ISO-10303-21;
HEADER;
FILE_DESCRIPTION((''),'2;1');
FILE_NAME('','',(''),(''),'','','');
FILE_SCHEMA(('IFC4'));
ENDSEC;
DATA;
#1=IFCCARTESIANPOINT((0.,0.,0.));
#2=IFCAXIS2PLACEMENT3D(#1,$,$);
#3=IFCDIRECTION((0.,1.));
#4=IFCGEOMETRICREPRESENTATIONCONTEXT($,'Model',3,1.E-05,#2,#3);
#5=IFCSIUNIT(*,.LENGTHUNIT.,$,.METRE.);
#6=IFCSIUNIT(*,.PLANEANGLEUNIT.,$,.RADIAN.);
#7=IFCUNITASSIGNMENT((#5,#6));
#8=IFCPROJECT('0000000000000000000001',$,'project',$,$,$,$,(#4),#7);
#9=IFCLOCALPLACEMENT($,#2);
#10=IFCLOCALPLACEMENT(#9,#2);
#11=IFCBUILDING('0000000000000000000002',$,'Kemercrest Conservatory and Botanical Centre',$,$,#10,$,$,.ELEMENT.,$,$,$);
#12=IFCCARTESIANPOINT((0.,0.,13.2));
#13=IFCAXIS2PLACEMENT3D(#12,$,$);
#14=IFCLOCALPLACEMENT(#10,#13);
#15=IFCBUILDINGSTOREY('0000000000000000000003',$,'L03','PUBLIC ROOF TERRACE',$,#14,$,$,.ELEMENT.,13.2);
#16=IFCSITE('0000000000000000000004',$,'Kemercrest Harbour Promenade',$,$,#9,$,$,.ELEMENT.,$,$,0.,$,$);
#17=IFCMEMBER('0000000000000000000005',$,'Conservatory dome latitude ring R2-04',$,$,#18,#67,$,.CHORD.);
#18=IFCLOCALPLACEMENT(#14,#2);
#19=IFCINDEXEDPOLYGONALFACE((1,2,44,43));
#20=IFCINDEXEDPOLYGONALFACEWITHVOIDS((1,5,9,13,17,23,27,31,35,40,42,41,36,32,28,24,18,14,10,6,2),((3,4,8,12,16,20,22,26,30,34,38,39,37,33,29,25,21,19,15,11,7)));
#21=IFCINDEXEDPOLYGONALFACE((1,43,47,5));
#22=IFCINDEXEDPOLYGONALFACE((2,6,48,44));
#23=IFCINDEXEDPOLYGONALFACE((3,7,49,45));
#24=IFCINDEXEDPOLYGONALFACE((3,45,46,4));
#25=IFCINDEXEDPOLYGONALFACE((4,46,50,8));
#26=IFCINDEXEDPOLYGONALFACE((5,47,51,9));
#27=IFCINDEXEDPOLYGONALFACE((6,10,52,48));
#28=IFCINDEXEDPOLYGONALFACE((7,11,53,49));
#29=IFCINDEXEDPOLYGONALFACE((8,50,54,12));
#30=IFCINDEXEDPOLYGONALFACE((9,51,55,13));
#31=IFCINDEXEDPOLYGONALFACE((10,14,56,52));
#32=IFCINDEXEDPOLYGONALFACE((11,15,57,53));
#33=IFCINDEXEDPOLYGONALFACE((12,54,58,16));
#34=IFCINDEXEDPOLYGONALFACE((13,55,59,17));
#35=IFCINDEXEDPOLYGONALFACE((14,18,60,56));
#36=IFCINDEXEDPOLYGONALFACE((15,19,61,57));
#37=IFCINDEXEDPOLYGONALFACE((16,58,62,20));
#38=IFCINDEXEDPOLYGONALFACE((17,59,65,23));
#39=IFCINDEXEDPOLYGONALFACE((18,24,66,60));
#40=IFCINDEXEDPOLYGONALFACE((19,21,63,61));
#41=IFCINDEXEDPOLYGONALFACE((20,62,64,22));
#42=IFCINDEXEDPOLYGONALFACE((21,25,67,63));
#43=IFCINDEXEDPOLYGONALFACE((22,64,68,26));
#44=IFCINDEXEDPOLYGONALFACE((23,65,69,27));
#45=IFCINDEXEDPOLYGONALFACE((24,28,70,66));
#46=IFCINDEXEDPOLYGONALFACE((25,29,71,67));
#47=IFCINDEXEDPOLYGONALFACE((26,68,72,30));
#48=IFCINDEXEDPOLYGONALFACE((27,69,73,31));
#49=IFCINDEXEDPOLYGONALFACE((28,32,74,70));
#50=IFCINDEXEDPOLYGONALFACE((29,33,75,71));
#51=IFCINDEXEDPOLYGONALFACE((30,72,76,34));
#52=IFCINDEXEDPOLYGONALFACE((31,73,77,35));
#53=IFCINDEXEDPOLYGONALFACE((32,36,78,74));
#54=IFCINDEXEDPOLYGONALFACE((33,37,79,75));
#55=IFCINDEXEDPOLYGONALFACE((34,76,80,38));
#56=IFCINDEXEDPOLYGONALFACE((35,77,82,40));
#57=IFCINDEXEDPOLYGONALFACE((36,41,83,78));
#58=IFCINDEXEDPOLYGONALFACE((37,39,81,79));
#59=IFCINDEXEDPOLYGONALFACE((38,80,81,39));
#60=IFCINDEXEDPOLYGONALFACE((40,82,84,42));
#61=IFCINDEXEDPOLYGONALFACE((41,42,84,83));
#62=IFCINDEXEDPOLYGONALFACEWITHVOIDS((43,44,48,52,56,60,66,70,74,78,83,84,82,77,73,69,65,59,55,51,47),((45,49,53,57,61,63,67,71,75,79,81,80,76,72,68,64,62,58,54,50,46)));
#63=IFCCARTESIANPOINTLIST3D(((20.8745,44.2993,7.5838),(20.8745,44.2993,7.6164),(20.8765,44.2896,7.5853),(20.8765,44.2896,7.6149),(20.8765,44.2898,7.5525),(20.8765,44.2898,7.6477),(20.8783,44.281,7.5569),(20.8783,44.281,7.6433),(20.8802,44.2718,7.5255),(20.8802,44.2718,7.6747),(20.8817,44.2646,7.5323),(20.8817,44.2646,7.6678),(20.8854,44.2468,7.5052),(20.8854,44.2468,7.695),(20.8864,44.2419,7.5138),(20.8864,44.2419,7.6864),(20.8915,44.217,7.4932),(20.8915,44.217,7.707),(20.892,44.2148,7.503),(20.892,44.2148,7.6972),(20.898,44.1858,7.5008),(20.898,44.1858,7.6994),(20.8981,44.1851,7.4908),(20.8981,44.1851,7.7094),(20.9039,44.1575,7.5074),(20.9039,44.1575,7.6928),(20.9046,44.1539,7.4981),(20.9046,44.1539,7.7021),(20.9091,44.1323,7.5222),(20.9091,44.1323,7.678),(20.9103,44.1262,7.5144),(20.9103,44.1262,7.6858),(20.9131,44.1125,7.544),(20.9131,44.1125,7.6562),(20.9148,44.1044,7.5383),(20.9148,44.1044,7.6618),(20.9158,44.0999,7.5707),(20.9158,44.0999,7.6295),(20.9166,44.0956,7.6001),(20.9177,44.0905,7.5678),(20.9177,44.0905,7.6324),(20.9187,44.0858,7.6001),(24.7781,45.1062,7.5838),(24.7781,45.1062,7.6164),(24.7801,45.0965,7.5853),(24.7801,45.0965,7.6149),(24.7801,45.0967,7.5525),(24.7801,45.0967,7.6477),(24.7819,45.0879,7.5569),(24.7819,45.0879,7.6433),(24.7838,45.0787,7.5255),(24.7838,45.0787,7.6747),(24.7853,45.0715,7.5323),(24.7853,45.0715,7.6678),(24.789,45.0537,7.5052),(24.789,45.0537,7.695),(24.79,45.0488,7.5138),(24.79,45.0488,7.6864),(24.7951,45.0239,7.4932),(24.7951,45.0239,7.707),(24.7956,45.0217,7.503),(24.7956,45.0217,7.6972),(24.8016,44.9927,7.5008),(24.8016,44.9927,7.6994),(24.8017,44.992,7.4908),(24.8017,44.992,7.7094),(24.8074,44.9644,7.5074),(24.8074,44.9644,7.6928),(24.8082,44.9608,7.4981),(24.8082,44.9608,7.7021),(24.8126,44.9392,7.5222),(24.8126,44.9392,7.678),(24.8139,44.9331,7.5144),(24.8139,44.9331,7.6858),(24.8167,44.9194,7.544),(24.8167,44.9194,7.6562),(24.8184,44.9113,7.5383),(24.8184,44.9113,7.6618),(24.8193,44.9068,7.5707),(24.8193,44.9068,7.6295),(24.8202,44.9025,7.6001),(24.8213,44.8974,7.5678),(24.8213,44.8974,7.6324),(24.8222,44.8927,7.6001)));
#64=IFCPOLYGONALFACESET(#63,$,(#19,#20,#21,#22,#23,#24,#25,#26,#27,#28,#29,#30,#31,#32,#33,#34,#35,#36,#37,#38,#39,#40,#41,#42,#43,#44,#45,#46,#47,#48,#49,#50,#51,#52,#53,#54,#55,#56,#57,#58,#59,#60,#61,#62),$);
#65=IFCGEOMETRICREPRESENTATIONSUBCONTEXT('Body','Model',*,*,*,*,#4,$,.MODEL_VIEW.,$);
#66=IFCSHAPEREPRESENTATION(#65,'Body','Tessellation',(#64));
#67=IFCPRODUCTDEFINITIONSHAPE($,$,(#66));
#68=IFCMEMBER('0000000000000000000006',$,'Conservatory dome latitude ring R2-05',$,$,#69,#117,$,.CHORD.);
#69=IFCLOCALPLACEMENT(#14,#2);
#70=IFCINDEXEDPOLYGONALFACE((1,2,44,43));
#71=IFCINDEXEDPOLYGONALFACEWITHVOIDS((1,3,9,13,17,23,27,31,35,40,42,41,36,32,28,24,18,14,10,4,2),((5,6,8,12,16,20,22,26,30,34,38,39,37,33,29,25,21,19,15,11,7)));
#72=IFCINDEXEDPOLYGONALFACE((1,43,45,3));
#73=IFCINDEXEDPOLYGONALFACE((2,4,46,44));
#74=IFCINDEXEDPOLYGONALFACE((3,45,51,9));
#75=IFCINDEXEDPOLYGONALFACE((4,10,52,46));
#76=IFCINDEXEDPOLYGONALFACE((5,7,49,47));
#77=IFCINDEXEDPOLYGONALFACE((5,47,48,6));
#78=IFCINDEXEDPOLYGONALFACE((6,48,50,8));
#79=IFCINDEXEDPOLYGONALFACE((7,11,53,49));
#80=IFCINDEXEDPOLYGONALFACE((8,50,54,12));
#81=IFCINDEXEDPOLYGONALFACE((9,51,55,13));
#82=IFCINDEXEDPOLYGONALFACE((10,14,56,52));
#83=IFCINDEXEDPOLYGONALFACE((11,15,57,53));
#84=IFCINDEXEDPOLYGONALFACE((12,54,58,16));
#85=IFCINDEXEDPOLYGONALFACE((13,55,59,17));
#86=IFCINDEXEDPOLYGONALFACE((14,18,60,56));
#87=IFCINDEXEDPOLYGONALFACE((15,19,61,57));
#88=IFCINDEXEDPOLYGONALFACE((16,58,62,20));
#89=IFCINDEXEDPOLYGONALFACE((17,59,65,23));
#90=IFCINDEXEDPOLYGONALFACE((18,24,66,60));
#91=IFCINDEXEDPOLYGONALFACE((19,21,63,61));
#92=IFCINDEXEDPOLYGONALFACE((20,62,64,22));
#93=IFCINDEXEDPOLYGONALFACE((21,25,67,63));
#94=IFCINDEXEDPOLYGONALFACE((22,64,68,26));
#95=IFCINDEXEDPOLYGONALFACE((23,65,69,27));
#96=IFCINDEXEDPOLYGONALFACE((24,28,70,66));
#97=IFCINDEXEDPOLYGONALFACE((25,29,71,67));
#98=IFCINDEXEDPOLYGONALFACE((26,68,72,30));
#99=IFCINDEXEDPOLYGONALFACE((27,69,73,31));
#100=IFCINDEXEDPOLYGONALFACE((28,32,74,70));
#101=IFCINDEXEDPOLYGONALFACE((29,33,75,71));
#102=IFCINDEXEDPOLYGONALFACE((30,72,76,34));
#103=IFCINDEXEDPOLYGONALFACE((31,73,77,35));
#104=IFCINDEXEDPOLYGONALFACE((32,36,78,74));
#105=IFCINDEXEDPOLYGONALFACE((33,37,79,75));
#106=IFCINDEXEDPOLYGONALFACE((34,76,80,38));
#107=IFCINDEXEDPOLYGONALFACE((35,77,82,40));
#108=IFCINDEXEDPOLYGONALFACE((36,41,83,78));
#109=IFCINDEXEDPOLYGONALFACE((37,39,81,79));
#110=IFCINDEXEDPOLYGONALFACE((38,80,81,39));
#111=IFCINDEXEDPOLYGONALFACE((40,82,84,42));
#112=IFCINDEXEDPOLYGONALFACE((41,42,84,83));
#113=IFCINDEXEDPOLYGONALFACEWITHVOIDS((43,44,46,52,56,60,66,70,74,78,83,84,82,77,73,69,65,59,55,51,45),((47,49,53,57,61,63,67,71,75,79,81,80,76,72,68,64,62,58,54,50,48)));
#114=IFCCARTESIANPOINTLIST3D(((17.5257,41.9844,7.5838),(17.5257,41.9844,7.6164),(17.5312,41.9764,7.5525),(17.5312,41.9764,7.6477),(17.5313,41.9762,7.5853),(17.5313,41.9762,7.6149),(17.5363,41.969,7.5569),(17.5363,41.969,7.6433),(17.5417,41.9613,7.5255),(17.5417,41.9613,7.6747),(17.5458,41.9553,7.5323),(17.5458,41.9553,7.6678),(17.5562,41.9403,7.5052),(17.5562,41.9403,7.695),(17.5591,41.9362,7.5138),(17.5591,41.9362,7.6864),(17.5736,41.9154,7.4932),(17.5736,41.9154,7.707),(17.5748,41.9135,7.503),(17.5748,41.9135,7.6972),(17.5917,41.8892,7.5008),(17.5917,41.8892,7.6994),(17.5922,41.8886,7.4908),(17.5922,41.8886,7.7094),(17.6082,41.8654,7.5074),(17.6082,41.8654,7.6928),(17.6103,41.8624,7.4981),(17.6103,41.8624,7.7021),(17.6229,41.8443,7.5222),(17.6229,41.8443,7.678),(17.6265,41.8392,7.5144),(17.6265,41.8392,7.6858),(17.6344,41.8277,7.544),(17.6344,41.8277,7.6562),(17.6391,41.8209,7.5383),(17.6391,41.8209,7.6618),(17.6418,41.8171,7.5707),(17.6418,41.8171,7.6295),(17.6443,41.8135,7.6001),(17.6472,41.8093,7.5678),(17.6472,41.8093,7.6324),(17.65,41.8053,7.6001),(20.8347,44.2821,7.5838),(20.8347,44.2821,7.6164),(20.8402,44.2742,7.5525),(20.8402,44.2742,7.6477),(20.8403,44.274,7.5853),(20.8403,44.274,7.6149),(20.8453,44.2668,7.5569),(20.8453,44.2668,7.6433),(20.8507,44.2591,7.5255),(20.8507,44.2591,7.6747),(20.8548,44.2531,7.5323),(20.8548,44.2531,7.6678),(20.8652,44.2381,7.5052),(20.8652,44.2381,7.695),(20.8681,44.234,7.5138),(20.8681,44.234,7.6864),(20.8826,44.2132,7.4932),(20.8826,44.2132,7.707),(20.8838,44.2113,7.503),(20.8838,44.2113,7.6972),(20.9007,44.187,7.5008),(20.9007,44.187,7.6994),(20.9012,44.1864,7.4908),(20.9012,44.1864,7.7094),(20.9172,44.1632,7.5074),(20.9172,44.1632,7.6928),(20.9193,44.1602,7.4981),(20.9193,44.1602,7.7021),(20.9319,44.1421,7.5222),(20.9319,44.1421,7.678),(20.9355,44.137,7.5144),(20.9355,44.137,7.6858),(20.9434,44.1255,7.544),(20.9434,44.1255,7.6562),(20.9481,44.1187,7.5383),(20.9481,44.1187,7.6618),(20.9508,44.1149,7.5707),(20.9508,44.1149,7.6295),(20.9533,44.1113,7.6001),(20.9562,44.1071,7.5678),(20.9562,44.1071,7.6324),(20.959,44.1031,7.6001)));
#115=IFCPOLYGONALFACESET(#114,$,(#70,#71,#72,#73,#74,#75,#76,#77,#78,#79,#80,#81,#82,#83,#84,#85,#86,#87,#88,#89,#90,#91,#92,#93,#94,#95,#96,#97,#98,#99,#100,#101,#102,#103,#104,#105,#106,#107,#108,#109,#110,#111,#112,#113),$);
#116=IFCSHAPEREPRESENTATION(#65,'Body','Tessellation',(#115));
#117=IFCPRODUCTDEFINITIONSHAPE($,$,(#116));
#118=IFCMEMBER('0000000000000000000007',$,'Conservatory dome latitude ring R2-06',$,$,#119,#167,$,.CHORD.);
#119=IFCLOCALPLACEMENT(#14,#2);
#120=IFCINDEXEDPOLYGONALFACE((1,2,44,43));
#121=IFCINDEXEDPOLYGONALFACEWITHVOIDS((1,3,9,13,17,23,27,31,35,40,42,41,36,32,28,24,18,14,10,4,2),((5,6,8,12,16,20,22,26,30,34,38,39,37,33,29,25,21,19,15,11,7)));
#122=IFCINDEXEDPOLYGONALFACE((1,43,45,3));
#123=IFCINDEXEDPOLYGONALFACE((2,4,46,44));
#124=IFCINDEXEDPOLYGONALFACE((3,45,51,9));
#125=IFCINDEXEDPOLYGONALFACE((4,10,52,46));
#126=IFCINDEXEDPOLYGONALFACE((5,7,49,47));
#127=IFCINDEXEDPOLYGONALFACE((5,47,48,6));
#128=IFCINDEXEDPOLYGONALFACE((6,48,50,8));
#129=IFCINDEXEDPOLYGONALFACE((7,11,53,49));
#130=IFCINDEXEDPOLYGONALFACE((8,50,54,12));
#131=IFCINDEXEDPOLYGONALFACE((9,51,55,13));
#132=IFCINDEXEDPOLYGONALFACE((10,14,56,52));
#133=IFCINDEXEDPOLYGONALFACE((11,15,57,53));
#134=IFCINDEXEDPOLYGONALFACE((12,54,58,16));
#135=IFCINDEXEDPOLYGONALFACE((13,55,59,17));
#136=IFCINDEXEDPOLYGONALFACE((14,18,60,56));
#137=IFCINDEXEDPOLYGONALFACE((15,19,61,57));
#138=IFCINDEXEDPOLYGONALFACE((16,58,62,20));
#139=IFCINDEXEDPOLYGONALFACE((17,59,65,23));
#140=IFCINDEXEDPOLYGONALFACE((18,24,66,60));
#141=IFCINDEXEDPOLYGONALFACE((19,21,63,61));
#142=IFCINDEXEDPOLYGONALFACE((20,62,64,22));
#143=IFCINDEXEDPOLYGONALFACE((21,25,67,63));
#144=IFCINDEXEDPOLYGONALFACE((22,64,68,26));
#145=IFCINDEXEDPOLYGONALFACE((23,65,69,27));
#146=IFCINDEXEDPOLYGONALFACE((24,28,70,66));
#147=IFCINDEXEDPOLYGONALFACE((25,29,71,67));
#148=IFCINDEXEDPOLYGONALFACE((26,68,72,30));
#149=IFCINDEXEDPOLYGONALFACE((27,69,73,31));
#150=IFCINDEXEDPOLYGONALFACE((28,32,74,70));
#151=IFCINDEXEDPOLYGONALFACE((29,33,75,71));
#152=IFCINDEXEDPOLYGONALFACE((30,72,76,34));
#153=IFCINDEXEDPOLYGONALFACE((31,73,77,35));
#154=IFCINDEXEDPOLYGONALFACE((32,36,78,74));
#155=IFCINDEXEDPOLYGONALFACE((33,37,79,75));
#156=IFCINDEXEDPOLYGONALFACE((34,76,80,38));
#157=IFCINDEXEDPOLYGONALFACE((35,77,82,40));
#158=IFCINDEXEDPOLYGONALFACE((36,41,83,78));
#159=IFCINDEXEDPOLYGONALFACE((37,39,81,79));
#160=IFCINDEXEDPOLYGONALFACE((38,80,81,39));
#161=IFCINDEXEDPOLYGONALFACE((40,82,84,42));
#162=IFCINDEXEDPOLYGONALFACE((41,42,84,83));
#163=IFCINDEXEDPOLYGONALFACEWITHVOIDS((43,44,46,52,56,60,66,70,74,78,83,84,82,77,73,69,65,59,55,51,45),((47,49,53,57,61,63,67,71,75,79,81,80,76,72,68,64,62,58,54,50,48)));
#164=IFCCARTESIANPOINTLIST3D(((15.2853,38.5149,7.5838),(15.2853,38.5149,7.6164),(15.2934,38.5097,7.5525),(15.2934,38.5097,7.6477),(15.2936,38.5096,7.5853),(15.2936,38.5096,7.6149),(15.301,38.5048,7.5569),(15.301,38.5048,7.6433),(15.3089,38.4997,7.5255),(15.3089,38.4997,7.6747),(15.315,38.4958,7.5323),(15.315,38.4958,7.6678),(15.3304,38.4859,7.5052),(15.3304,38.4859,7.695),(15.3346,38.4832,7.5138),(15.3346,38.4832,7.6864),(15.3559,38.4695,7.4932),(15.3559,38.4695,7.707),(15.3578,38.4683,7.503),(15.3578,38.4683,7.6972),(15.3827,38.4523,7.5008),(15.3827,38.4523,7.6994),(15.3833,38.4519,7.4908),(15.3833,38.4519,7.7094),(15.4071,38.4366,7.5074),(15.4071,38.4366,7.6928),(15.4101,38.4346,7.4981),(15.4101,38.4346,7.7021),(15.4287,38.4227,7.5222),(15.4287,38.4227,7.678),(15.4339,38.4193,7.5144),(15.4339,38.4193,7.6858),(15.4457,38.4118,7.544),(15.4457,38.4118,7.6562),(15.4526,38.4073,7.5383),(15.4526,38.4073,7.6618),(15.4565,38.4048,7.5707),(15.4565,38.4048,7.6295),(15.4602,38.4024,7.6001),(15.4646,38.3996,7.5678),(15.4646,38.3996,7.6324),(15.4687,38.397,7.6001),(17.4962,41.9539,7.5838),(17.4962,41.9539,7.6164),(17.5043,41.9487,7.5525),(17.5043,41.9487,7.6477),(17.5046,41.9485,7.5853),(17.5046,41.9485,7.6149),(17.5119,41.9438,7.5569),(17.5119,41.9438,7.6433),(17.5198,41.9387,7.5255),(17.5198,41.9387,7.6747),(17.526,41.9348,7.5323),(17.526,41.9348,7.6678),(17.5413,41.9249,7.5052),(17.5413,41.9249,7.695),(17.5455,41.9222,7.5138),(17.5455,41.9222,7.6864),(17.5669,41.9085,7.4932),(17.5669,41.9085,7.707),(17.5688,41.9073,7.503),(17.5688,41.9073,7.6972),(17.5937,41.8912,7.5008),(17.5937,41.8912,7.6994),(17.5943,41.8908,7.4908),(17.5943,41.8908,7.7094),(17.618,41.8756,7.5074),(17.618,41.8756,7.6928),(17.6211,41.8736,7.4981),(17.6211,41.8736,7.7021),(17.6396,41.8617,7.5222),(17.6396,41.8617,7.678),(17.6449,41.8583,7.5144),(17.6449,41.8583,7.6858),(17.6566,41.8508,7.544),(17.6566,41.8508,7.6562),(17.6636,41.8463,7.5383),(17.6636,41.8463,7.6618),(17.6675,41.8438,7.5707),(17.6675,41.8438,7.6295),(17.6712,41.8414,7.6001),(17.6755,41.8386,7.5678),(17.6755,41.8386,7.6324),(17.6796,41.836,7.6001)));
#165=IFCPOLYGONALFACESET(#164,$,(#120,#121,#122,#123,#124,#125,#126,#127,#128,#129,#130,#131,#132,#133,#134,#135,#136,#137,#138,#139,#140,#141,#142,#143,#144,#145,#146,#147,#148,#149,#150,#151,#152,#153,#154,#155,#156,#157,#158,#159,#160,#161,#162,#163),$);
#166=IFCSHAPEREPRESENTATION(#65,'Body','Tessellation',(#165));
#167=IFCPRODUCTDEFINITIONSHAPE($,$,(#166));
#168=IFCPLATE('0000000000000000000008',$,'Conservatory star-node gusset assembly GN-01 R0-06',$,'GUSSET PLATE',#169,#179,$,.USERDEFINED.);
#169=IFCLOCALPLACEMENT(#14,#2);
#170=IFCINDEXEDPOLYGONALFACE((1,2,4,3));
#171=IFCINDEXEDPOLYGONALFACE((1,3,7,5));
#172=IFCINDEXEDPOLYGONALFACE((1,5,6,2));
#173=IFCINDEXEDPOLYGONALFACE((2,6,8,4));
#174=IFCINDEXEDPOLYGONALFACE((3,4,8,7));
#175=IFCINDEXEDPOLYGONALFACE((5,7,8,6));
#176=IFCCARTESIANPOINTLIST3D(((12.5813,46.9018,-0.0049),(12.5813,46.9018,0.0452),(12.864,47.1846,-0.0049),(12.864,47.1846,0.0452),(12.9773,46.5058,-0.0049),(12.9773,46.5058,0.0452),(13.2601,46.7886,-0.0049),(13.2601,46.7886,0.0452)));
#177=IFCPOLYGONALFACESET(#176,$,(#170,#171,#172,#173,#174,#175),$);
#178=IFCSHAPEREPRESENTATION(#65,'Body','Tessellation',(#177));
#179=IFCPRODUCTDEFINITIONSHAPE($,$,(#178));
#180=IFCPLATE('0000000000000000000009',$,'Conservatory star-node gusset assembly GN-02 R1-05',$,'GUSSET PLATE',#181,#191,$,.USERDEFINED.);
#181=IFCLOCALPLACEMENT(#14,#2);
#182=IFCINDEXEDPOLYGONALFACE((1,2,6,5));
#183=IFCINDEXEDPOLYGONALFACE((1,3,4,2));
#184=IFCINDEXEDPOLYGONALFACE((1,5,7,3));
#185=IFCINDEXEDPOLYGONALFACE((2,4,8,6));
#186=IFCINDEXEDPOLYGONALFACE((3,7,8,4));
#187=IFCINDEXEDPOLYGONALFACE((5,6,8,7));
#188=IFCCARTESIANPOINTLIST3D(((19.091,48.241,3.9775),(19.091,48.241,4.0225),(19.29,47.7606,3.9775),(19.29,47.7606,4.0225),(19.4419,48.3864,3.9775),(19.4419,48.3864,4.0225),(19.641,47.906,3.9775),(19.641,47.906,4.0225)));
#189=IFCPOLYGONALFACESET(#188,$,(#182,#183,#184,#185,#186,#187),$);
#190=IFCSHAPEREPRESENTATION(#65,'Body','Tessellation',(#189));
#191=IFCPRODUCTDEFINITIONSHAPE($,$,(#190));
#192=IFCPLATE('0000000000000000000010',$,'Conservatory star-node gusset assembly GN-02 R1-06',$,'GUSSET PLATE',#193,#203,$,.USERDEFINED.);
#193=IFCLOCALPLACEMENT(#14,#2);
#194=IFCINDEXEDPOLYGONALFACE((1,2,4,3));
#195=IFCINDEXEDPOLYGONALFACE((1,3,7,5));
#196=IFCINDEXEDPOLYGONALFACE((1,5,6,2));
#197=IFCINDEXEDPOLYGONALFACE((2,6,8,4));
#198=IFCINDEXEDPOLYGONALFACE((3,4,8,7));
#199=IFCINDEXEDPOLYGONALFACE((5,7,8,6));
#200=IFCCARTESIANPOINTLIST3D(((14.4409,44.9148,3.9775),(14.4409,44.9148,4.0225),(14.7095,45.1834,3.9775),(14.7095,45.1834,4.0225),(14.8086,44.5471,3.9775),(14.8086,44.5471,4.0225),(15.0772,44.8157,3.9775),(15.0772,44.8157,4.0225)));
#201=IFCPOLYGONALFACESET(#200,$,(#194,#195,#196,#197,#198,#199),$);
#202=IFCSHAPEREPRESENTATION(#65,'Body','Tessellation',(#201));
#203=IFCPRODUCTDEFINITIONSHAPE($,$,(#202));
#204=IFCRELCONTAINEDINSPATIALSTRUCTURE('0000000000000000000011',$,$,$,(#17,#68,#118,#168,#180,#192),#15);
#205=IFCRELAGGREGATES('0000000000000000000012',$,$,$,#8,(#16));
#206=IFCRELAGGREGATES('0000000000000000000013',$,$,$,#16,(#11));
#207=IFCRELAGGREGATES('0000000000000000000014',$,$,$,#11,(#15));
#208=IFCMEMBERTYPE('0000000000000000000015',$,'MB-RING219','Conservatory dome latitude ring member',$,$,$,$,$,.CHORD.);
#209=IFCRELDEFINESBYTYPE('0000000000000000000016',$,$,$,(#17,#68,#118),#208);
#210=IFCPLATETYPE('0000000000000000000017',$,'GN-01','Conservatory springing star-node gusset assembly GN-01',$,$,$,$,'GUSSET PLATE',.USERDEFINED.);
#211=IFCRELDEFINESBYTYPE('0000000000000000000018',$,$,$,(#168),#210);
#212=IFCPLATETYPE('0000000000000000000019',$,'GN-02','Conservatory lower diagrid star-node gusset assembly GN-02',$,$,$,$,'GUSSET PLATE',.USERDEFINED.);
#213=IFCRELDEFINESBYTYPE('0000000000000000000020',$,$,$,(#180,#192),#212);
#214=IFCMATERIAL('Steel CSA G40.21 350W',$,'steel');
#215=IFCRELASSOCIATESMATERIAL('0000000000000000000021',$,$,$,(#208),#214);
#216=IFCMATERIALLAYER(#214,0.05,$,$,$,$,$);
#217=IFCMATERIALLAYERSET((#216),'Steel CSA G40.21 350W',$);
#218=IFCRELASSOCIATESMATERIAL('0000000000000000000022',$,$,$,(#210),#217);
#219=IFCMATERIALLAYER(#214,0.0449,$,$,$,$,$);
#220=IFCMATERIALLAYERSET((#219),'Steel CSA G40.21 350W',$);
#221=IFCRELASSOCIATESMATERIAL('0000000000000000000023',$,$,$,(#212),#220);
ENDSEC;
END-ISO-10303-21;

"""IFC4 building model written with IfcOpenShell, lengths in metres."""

from ifc_helpers import new_model, si_unit, direction, frame, origin, origin_2d, place, context, subcontext, project, spatial, rectangle, hollow_circle, extrude, material, layer, layer_set, material_profile, profile_set, type_object, element, save


model = new_model("IFC4")

# Units and contexts
model_context = context("Model", 3, precision=1e-05, world=origin(), true_north=direction((0.0, 1.0)))
body_context = subcontext(model_context, "Body", "Model", "MODEL_VIEW")
ifc_project = project(units=[si_unit("LENGTHUNIT", "METRE"), si_unit("PLANEANGLEUNIT", "RADIAN")], contexts=[model_context])

# Site, building, storey
site_placement = place(None, origin())
site = spatial("IfcSite", under=ifc_project, at=site_placement, Name="Kemercrest Harbour Promenade", CompositionType="ELEMENT", RefElevation=0.0)
building_placement = place(site_placement, origin())
building = spatial("IfcBuilding", under=site, at=building_placement, Name="Kemercrest Conservatory and Botanical Centre", CompositionType="ELEMENT")
storey_placement = place(building_placement, frame((0.0, 0.0, 13.2)))
storey = spatial("IfcBuildingStorey", under=building, at=storey_placement, Name="L03", Description="PUBLIC ROOF TERRACE", CompositionType="ELEMENT", Elevation=13.2)

# Shared definitions
ifc_material_1 = material(Name="Steel CSA G40.21 350W", Category="steel")

# Members
ifc_material_profile_1 = material_profile(ifc_material_1, hollow_circle(Radius=0.1096, WallThickness=0.01, at=origin_2d()), Name="CHS 219.1x10.0")
ifc_profile_set_1 = profile_set([ifc_material_profile_1], Name="Steel CSA G40.21 350W")
member_type_1 = type_object("IfcMemberType", Name="MB-RING219", Description="Conservatory dome latitude ring member", PredefinedType="CHORD", material=ifc_profile_set_1)
member_1_placement = place(storey_placement, frame((24.8, 45.0, 7.6001), z_axis=(-0.979298, -0.202425, 0.0), x_axis=(0.202425, -0.979298, 0.0)))
element("IfcMember", 1, at=member_1_placement, inside=storey, type_object=member_type_1, Name="Conservatory dome latitude ring R2-04", PredefinedType="CHORD", context=body_context, shape_type="SweptSolid", body=[
    extrude(hollow_circle(Radius=0.1096, WallThickness=0.01, at=origin_2d()), origin(), (0.0, 0.0, 1.0), 3.9861),
])
member_2_placement = place(storey_placement, frame((20.8965, 44.1931, 7.6001), z_axis=(-0.821384, -0.570375, 0.0), x_axis=(0.570375, -0.821384, 0.0)))
element("IfcMember", 2, at=member_2_placement, inside=storey, type_object=member_type_1, Name="Conservatory dome latitude ring R2-05", PredefinedType="CHORD", context=body_context, shape_type="SweptSolid", body=[
    extrude(hollow_circle(Radius=0.1096, WallThickness=0.01, at=origin_2d()), origin(), (0.0, 0.0, 1.0), 4.0286),
])
member_3_placement = place(storey_placement, frame((17.5874, 41.8953, 7.6001), z_axis=(-0.540788, -0.841159, 0.0), x_axis=(0.841159, -0.540788, 0.0)))
element("IfcMember", 3, at=member_3_placement, inside=storey, type_object=member_type_1, Name="Conservatory dome latitude ring R2-06", PredefinedType="CHORD", context=body_context, shape_type="SweptSolid", body=[
    extrude(hollow_circle(Radius=0.1096, WallThickness=0.01, at=origin_2d()), origin(), (0.0, 0.0, 1.0), 4.0884),
])

# Plates
ifc_layer_1 = layer(ifc_material_1, 0.05)
ifc_layer_set_1 = layer_set([ifc_layer_1], Name="Steel CSA G40.21 350W")
plate_type_1 = type_object("IfcPlateType", Name="GN-01", Description="Conservatory springing star-node gusset assembly GN-01", ElementType="GUSSET PLATE", PredefinedType="USERDEFINED", material=ifc_layer_set_1)
plate_1_placement = place(storey_placement, frame((12.9207, 46.8452, -0.0049), z_axis=(0.0, 0.0, 1.0), x_axis=(-0.707107, 0.707107, 0.0)))
element("IfcPlate", 4, at=plate_1_placement, inside=storey, type_object=plate_type_1, Name="Conservatory star-node gusset assembly GN-01 R0-06", ObjectType="GUSSET PLATE", PredefinedType="USERDEFINED", context=body_context, shape_type="SweptSolid", body=[
    extrude(rectangle(XDim=0.5601, YDim=0.3999, at=origin_2d()), origin(), (0.0, 0.0, 1.0), 0.05),
])
ifc_layer_2 = layer(ifc_material_1, 0.0449)
ifc_layer_set_2 = layer_set([ifc_layer_2], Name="Steel CSA G40.21 350W")
plate_type_2 = type_object("IfcPlateType", Name="GN-02", Description="Conservatory lower diagrid star-node gusset assembly GN-02", ElementType="GUSSET PLATE", PredefinedType="USERDEFINED", material=ifc_layer_set_2)
for number, where, z_axis, x_axis, name in (
    (5, (19.366, 48.0735, 3.9775), (0.0, 0.0, 1.0), (-0.382683, 0.92388, 0.0), "Conservatory star-node gusset assembly GN-02 R1-05"),
    (6, (14.759, 44.8652, 3.9775), (0.0, 0.0, 1.0), (-0.707107, 0.707107, 0.0), "Conservatory star-node gusset assembly GN-02 R1-06"),
):
    element("IfcPlate", number, at=place(storey_placement, frame(where, z_axis=z_axis, x_axis=x_axis)), inside=storey, type_object=plate_type_2, Name=name, ObjectType="GUSSET PLATE", PredefinedType="USERDEFINED", context=body_context, shape_type="SweptSolid", body=[
        extrude(rectangle(XDim=0.52, YDim=0.3799, at=origin_2d()), origin(), (0.0, 0.0, 1.0), 0.0449),
    ])

save(model, "model.ifc")
